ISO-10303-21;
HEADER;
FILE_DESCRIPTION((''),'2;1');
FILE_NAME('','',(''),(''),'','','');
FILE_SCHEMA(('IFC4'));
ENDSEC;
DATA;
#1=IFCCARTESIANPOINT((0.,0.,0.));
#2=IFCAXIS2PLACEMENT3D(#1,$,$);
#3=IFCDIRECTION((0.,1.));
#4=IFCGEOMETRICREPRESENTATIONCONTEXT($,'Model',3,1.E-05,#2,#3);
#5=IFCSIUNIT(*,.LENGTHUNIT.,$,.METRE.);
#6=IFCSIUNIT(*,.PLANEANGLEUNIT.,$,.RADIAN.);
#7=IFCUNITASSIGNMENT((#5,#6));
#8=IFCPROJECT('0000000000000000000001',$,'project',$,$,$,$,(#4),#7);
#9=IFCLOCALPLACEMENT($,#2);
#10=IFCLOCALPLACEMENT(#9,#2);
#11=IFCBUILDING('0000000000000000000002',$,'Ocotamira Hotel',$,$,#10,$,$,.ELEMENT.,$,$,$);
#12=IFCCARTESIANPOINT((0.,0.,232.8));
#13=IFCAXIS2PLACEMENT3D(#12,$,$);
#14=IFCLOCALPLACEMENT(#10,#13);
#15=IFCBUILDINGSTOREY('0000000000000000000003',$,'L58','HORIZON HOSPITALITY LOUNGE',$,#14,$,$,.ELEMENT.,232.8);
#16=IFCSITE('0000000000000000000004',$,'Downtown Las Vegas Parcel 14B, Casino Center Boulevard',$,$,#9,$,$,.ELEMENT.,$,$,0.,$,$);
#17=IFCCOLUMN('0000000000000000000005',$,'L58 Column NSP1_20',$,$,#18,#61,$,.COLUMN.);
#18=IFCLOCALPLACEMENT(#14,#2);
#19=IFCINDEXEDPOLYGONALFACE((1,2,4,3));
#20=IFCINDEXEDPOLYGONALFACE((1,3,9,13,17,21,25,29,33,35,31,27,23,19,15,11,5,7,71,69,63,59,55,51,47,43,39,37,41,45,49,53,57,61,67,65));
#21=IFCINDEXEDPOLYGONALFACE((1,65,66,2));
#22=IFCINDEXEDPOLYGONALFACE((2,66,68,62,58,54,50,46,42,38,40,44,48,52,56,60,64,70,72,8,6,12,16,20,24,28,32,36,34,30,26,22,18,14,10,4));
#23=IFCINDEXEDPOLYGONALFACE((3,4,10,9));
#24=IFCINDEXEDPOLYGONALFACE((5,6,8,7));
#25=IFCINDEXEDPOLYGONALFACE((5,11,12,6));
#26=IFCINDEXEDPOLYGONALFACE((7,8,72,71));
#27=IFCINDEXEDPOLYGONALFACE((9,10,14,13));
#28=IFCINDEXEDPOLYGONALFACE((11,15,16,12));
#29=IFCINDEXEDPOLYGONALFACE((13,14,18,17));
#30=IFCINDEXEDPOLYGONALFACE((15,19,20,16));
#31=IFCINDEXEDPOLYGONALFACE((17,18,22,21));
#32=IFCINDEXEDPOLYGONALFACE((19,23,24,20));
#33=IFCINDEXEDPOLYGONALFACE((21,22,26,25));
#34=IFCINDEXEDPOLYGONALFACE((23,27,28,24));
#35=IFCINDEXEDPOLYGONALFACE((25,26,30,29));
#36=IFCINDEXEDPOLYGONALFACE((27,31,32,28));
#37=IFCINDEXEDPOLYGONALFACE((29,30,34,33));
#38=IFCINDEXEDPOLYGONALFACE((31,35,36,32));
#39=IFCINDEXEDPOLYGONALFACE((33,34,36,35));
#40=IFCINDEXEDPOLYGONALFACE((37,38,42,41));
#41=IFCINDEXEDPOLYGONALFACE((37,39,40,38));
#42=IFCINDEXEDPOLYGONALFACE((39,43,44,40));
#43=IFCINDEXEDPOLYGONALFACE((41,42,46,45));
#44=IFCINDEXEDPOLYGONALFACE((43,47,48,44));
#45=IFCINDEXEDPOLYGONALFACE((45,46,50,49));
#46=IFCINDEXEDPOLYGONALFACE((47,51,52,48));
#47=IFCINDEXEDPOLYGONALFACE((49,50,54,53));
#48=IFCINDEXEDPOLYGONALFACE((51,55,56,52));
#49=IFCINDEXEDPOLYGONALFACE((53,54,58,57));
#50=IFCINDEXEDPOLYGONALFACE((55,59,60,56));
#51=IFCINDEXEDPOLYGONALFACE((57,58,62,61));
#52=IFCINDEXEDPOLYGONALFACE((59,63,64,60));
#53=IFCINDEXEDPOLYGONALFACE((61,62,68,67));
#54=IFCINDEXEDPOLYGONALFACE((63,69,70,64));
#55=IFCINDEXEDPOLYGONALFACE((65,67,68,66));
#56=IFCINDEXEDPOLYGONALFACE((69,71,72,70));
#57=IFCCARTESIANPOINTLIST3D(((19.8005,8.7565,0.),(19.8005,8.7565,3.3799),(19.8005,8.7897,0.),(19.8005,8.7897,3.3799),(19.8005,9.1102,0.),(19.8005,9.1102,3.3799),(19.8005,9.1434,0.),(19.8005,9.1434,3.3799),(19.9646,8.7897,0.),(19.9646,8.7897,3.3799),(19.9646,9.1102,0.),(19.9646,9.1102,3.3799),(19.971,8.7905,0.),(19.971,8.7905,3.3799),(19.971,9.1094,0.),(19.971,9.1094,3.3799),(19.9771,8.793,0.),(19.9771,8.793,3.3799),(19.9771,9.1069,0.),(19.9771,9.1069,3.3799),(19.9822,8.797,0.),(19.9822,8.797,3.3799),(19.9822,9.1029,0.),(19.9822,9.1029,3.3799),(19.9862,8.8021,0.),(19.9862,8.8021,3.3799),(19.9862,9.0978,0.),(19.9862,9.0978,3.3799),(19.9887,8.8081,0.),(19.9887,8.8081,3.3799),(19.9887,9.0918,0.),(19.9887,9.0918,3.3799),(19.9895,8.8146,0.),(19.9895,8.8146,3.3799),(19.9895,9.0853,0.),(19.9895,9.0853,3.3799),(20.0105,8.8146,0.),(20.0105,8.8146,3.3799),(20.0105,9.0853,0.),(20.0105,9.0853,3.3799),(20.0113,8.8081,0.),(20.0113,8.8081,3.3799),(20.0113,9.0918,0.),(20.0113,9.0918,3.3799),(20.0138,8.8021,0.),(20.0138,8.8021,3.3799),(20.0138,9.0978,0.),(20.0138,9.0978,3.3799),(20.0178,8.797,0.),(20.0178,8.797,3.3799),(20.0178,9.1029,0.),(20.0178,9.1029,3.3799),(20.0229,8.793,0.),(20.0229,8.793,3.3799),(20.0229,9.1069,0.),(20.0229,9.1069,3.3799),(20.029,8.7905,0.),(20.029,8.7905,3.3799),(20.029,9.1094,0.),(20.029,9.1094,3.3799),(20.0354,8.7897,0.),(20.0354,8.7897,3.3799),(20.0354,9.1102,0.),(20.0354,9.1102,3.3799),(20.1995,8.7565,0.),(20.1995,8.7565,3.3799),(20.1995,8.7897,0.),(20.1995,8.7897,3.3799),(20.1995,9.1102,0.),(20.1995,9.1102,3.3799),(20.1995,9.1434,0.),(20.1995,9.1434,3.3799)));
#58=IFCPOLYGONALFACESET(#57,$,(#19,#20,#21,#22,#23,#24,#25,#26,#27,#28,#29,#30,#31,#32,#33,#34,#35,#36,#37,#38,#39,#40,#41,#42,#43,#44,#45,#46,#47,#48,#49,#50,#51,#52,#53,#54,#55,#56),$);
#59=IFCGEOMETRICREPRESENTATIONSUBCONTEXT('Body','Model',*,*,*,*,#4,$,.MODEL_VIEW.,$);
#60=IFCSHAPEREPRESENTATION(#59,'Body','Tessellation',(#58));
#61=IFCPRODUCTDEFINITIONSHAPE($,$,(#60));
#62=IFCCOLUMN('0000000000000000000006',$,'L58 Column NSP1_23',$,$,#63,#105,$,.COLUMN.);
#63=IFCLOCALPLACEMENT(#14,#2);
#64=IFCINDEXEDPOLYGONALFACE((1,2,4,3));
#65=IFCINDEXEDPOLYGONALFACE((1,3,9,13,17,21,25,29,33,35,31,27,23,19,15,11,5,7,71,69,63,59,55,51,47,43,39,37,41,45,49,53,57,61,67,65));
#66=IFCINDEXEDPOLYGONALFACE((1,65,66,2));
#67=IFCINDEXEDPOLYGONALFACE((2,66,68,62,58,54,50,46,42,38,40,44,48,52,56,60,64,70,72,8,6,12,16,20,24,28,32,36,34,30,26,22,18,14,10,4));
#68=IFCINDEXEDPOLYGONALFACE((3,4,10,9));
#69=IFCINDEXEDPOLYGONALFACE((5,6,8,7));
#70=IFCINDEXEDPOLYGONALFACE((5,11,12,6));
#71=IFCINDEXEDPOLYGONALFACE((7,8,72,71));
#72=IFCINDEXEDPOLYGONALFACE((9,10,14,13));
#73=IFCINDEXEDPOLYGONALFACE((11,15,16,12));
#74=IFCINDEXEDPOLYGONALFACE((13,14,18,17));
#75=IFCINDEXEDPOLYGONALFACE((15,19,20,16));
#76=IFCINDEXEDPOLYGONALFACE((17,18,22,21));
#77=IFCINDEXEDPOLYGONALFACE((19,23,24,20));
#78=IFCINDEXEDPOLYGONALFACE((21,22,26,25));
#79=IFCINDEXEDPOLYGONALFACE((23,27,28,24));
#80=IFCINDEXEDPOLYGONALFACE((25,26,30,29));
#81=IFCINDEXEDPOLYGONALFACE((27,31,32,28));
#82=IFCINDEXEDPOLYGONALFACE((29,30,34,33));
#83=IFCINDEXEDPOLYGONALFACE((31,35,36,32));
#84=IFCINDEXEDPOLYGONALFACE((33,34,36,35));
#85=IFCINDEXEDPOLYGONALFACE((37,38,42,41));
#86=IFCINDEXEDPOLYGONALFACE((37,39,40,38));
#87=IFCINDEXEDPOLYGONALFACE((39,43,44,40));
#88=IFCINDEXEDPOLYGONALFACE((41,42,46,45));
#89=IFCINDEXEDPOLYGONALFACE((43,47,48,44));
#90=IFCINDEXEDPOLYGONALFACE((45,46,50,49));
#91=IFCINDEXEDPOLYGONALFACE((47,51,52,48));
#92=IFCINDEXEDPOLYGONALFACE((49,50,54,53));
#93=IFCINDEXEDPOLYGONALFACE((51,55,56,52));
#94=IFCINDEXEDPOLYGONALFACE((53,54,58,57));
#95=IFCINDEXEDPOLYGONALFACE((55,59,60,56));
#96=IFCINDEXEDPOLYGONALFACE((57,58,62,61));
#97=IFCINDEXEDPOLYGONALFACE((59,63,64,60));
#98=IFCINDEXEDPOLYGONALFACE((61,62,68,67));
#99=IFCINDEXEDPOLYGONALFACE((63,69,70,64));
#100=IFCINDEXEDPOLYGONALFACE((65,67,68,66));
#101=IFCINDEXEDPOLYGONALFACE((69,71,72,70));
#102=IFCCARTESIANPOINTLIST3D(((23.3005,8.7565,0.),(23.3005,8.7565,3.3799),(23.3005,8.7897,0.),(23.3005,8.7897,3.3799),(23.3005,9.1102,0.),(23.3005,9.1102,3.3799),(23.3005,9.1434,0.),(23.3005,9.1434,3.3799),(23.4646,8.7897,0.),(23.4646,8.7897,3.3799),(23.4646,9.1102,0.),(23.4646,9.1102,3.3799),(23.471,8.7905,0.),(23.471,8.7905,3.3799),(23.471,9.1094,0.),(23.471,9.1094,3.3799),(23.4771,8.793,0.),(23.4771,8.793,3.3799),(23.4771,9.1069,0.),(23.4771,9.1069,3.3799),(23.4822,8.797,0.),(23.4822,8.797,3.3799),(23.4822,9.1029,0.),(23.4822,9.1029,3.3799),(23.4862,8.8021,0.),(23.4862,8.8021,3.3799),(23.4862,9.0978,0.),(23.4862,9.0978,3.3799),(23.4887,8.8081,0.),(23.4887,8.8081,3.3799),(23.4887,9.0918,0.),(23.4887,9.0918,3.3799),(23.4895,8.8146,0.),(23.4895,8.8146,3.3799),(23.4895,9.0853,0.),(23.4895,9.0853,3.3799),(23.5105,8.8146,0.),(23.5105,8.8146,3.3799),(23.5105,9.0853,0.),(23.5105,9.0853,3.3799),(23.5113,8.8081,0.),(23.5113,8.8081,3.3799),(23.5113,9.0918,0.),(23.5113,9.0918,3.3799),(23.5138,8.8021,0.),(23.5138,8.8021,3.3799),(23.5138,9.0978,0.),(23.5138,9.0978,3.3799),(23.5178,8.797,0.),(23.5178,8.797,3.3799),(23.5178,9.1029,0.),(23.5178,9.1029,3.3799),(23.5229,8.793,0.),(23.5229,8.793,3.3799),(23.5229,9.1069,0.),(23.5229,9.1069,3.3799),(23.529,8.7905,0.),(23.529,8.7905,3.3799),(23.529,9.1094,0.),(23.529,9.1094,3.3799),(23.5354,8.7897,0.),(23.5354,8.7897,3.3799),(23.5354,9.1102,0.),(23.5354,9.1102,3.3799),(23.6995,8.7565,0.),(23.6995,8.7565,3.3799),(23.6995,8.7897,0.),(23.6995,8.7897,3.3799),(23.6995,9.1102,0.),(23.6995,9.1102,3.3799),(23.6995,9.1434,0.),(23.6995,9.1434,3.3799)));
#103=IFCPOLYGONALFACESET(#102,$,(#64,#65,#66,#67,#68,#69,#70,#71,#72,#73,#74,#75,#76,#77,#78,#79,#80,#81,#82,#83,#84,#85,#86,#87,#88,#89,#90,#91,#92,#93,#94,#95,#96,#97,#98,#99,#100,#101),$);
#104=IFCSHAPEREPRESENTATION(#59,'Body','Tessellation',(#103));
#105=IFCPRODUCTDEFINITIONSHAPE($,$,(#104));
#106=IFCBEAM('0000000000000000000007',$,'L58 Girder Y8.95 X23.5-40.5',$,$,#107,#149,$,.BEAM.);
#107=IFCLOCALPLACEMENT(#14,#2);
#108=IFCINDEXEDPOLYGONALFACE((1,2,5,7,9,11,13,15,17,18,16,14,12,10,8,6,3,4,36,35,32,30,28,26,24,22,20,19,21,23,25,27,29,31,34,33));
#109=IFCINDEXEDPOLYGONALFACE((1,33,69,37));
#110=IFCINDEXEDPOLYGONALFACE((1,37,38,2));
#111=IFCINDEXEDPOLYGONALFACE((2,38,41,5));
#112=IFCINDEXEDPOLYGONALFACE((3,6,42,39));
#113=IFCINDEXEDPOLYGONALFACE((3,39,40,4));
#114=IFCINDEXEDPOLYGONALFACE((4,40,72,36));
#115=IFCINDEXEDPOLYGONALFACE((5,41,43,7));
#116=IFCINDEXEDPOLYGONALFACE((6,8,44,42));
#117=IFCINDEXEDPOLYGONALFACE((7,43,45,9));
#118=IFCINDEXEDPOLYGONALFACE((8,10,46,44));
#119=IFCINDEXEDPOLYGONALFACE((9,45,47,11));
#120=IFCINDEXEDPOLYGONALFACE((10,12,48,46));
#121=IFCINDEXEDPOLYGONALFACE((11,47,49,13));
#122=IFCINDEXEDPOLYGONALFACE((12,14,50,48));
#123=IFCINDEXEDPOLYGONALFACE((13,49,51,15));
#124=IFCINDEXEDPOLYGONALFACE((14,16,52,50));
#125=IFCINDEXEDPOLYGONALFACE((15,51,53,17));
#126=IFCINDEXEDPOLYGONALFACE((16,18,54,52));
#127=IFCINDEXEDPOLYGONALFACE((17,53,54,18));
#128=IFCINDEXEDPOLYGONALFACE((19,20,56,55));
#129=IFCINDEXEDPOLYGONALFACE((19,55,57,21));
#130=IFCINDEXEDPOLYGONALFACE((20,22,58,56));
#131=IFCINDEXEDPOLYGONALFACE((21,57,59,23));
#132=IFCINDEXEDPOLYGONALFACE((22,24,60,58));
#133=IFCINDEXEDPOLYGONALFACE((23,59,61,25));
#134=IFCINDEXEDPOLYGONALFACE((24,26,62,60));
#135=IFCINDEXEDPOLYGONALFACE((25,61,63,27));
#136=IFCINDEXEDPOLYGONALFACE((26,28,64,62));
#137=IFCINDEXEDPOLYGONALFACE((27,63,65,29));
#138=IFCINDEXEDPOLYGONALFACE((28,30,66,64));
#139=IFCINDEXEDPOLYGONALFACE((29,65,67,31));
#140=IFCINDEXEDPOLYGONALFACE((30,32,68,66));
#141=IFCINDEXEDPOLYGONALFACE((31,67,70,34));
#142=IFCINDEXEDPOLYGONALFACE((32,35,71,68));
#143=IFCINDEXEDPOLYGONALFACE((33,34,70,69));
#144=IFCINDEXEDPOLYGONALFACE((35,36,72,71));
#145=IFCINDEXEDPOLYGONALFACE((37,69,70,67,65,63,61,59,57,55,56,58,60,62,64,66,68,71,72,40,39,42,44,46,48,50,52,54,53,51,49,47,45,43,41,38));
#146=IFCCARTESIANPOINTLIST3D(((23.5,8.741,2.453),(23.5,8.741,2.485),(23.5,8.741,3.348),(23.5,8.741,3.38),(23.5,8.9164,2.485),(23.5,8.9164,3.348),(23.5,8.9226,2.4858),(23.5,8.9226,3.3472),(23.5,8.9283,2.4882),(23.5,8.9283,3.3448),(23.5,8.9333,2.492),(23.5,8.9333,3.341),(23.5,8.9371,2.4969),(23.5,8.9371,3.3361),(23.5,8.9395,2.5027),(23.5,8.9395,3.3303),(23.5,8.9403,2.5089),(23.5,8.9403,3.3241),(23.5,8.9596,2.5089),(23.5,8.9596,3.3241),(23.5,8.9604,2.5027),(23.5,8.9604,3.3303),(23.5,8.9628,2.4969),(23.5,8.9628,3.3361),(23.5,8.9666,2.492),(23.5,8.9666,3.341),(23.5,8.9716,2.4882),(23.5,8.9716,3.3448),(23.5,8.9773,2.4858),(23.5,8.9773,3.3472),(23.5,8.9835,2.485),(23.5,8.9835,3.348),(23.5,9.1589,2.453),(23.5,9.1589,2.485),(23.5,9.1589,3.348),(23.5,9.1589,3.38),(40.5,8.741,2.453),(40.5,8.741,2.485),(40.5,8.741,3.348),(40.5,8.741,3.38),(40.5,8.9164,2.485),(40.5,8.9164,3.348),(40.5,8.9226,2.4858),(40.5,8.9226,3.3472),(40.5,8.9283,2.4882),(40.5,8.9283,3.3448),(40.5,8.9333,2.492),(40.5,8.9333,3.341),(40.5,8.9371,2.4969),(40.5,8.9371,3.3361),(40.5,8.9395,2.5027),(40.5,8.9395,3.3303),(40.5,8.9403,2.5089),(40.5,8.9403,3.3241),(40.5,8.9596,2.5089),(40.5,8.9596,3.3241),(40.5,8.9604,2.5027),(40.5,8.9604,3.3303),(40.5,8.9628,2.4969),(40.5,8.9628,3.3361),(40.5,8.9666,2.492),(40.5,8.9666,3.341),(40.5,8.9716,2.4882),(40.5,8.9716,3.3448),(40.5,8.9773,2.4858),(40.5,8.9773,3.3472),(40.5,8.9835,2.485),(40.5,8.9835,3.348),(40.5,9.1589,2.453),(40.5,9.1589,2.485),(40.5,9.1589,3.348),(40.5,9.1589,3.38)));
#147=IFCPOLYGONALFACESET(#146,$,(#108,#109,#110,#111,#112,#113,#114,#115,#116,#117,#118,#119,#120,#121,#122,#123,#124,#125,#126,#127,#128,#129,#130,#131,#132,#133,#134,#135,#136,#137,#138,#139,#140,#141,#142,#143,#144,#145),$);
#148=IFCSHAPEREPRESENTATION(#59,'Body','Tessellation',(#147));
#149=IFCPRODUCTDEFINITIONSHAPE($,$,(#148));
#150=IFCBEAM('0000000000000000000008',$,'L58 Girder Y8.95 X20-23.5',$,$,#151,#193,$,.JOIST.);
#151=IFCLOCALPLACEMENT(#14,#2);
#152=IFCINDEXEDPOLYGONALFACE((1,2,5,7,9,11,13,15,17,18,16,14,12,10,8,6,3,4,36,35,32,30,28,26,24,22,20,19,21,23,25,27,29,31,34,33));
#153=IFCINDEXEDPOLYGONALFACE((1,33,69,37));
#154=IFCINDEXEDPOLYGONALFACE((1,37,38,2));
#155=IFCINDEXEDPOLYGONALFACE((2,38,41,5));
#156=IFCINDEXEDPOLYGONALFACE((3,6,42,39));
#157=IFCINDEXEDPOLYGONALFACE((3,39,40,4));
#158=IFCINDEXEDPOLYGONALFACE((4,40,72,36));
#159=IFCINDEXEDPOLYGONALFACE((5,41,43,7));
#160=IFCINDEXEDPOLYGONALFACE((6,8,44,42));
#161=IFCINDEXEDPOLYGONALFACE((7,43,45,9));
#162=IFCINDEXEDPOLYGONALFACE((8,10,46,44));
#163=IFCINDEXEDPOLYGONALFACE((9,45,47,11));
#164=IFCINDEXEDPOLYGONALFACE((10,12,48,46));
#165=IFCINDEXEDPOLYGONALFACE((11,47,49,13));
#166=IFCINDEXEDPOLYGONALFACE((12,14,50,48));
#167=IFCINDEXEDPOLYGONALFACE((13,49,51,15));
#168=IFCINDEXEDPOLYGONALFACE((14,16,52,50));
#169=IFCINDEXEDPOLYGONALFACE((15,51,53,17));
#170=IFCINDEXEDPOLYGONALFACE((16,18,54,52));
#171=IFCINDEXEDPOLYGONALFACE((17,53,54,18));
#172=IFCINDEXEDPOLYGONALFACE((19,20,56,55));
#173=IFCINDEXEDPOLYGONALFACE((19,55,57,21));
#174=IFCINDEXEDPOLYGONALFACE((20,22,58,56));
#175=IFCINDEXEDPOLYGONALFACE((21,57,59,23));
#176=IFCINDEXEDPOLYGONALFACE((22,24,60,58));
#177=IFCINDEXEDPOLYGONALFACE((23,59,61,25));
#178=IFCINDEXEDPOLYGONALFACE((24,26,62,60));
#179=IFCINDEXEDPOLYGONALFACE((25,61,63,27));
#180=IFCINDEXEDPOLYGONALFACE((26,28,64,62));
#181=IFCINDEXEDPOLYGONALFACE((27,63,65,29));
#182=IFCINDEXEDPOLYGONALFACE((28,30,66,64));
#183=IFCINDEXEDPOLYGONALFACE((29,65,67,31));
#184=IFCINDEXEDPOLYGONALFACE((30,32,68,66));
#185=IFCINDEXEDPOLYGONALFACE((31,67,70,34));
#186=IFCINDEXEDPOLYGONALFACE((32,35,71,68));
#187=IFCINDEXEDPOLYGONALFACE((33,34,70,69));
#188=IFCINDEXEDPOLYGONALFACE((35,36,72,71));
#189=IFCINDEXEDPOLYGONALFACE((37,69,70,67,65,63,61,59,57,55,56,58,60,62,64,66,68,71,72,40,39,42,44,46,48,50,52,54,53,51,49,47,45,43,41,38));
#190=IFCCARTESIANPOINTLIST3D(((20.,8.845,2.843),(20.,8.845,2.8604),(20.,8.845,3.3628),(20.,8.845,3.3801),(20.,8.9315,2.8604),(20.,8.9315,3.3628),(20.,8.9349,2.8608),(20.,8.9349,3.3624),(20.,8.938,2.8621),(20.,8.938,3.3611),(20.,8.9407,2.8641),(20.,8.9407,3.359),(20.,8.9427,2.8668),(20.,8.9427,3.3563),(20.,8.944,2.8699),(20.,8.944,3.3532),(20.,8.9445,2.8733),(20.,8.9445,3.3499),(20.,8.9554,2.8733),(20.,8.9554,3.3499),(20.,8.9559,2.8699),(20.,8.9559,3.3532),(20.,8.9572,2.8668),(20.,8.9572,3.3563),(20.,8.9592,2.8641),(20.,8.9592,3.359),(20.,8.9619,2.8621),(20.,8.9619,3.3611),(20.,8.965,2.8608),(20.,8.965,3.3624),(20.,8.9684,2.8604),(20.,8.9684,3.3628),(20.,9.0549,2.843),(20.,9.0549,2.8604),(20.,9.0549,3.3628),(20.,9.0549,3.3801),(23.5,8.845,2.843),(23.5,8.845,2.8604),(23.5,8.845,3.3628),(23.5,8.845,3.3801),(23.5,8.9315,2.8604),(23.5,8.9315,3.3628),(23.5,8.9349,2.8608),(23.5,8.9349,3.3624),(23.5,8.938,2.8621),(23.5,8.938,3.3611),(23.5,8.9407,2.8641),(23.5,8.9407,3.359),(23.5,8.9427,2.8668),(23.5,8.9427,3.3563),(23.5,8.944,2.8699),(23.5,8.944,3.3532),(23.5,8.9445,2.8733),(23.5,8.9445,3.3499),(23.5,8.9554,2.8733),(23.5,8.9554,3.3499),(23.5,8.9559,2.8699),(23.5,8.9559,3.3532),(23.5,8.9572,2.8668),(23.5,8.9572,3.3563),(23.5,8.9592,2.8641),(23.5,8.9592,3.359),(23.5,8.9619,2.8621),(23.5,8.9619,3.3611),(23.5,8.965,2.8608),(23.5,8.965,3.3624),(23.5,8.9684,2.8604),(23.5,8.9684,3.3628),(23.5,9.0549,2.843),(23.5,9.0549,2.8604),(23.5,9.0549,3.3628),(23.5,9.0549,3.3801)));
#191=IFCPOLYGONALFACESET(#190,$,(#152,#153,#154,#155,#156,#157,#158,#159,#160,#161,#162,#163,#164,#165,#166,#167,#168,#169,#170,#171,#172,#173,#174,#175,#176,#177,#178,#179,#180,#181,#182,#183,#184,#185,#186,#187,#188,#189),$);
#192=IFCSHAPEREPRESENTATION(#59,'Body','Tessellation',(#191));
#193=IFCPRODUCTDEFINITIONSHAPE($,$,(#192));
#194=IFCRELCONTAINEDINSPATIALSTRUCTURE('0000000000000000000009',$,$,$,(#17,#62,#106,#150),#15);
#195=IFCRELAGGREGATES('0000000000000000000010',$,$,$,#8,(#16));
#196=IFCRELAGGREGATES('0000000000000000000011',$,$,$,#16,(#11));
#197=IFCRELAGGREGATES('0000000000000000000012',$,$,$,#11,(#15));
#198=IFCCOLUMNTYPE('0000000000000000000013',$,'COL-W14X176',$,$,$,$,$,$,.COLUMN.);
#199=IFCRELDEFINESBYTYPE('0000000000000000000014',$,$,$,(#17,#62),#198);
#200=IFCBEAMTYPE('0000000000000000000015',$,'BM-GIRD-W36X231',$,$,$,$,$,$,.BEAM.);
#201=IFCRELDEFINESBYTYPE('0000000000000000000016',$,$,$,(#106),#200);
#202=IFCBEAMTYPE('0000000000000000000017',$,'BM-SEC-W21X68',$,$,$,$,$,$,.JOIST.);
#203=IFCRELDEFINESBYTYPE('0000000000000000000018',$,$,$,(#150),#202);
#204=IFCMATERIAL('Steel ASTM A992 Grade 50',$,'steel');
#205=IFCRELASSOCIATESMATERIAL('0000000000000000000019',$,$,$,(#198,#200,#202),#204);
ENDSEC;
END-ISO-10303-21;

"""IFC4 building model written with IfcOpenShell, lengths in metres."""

from ifc_helpers import new_model, si_unit, direction, frame, origin, origin_2d, place, context, subcontext, project, spatial, i_section, extrude, source, transform, mapped, material, material_profile, profile_set, type_object, element, save


model = new_model("IFC4")

# Units and contexts
model_context = context("Model", 3, precision=1e-05, world=origin(), true_north=direction((0.0, 1.0)))
body_context = subcontext(model_context, "Body", "Model", "MODEL_VIEW")
ifc_project = project(units=[si_unit("LENGTHUNIT", "METRE"), si_unit("PLANEANGLEUNIT", "RADIAN")], contexts=[model_context])

# Site, building, storey
site_placement = place(None, origin())
site = spatial("IfcSite", under=ifc_project, at=site_placement, Name="Downtown Las Vegas Parcel 14B, Casino Center Boulevard", CompositionType="ELEMENT", RefElevation=0.0)
building_placement = place(site_placement, origin())
building = spatial("IfcBuilding", under=site, at=building_placement, Name="Ocotamira Hotel", CompositionType="ELEMENT")
storey_placement = place(building_placement, frame((0.0, 0.0, 232.8)))
storey = spatial("IfcBuildingStorey", under=building, at=storey_placement, Name="L58", Description="HORIZON HOSPITALITY LOUNGE", CompositionType="ELEMENT", Elevation=232.8)

# Columns
ifc_material_1 = material(Name="Steel ASTM A992 Grade 50", Category="steel")
ifc_material_profile_1 = material_profile(ifc_material_1, i_section(OverallWidth=0.3989, OverallDepth=0.387, WebThickness=0.021, FlangeThickness=0.0332, FilletRadius=0.0249, at=origin_2d()), Name="W14X176")
ifc_profile_set_1 = profile_set([ifc_material_profile_1], Name="Steel ASTM A992 Grade 50")
column_type = type_object("IfcColumnType", Name="COL-W14X176", PredefinedType="COLUMN", material=ifc_profile_set_1)
shared_shape_1 = source(origin(), body_context, "Body", "SweptSolid", [
    extrude(i_section(OverallWidth=0.3989, OverallDepth=0.387, WebThickness=0.021, FlangeThickness=0.0332, FilletRadius=0.0249, at=origin_2d()), origin(), (0.0, 0.0, 1.0), 3.3799),
])
for number, where, z_axis, x_axis, name in (
    (1, (20.0, 8.95, 0.0), (0.0, 0.0, 1.0), (1.0, 0.0, 0.0), "L58 Column NSP1_20"),
    (2, (23.5, 8.95, 0.0), (0.0, 0.0, 1.0), (1.0, 0.0, 0.0), "L58 Column NSP1_23"),
):
    element("IfcColumn", number, at=place(storey_placement, frame(where, z_axis=z_axis, x_axis=x_axis)), inside=storey, type_object=column_type, Name=name, PredefinedType="COLUMN", context=body_context, shape_type="MappedRepresentation", body=[
        mapped(shared_shape_1, transform((0.0, 0.0, 0.0), scale=1.0)),
    ])

# Beams
ifc_material_profile_2 = material_profile(ifc_material_1, i_section(OverallWidth=0.418, OverallDepth=0.927, WebThickness=0.0193, FlangeThickness=0.032, FilletRadius=0.0239, at=origin_2d()), Name="W36X231")
ifc_profile_set_2 = profile_set([ifc_material_profile_2], Name="Steel ASTM A992 Grade 50")
beam_type_1 = type_object("IfcBeamType", Name="BM-GIRD-W36X231", PredefinedType="BEAM", material=ifc_profile_set_2)
shared_shape_2 = source(origin(), body_context, "Body", "SweptSolid", [
    extrude(i_section(OverallWidth=0.418, OverallDepth=0.927, WebThickness=0.0193, FlangeThickness=0.032, FilletRadius=0.0239, at=origin_2d()), origin(), (0.0, 0.0, 1.0), 17.0),
])
beam_1_placement = place(storey_placement, frame((23.5, 8.95, 2.9165), z_axis=(1.0, 0.0, 0.0), x_axis=(0.0, 1.0, 0.0)))
element("IfcBeam", 3, at=beam_1_placement, inside=storey, type_object=beam_type_1, Name="L58 Girder Y8.95 X23.5-40.5", PredefinedType="BEAM", context=body_context, shape_type="MappedRepresentation", body=[
    mapped(shared_shape_2, transform((0.0, 0.0, 0.0), scale=1.0)),
])
ifc_material_profile_3 = material_profile(ifc_material_1, i_section(OverallWidth=0.21, OverallDepth=0.5371, WebThickness=0.011, FlangeThickness=0.0173, FilletRadius=0.0129, at=origin_2d()), Name="W21X68")
ifc_profile_set_3 = profile_set([ifc_material_profile_3], Name="Steel ASTM A992 Grade 50")
beam_type_2 = type_object("IfcBeamType", Name="BM-SEC-W21X68", PredefinedType="JOIST", material=ifc_profile_set_3)
shared_shape_3 = source(origin(), body_context, "Body", "SweptSolid", [
    extrude(i_section(OverallWidth=0.21, OverallDepth=0.5371, WebThickness=0.011, FlangeThickness=0.0173, FilletRadius=0.0129, at=origin_2d()), origin(), (0.0, 0.0, 1.0), 3.5),
])
beam_2_placement = place(storey_placement, frame((20.0, 8.95, 3.1116), z_axis=(1.0, 0.0, 0.0), x_axis=(0.0, 1.0, 0.0)))
element("IfcBeam", 4, at=beam_2_placement, inside=storey, type_object=beam_type_2, Name="L58 Girder Y8.95 X20-23.5", PredefinedType="JOIST", context=body_context, shape_type="MappedRepresentation", body=[
    mapped(shared_shape_3, transform((0.0, 0.0, 0.0), scale=1.0)),
])

save(model, "model.ifc")
